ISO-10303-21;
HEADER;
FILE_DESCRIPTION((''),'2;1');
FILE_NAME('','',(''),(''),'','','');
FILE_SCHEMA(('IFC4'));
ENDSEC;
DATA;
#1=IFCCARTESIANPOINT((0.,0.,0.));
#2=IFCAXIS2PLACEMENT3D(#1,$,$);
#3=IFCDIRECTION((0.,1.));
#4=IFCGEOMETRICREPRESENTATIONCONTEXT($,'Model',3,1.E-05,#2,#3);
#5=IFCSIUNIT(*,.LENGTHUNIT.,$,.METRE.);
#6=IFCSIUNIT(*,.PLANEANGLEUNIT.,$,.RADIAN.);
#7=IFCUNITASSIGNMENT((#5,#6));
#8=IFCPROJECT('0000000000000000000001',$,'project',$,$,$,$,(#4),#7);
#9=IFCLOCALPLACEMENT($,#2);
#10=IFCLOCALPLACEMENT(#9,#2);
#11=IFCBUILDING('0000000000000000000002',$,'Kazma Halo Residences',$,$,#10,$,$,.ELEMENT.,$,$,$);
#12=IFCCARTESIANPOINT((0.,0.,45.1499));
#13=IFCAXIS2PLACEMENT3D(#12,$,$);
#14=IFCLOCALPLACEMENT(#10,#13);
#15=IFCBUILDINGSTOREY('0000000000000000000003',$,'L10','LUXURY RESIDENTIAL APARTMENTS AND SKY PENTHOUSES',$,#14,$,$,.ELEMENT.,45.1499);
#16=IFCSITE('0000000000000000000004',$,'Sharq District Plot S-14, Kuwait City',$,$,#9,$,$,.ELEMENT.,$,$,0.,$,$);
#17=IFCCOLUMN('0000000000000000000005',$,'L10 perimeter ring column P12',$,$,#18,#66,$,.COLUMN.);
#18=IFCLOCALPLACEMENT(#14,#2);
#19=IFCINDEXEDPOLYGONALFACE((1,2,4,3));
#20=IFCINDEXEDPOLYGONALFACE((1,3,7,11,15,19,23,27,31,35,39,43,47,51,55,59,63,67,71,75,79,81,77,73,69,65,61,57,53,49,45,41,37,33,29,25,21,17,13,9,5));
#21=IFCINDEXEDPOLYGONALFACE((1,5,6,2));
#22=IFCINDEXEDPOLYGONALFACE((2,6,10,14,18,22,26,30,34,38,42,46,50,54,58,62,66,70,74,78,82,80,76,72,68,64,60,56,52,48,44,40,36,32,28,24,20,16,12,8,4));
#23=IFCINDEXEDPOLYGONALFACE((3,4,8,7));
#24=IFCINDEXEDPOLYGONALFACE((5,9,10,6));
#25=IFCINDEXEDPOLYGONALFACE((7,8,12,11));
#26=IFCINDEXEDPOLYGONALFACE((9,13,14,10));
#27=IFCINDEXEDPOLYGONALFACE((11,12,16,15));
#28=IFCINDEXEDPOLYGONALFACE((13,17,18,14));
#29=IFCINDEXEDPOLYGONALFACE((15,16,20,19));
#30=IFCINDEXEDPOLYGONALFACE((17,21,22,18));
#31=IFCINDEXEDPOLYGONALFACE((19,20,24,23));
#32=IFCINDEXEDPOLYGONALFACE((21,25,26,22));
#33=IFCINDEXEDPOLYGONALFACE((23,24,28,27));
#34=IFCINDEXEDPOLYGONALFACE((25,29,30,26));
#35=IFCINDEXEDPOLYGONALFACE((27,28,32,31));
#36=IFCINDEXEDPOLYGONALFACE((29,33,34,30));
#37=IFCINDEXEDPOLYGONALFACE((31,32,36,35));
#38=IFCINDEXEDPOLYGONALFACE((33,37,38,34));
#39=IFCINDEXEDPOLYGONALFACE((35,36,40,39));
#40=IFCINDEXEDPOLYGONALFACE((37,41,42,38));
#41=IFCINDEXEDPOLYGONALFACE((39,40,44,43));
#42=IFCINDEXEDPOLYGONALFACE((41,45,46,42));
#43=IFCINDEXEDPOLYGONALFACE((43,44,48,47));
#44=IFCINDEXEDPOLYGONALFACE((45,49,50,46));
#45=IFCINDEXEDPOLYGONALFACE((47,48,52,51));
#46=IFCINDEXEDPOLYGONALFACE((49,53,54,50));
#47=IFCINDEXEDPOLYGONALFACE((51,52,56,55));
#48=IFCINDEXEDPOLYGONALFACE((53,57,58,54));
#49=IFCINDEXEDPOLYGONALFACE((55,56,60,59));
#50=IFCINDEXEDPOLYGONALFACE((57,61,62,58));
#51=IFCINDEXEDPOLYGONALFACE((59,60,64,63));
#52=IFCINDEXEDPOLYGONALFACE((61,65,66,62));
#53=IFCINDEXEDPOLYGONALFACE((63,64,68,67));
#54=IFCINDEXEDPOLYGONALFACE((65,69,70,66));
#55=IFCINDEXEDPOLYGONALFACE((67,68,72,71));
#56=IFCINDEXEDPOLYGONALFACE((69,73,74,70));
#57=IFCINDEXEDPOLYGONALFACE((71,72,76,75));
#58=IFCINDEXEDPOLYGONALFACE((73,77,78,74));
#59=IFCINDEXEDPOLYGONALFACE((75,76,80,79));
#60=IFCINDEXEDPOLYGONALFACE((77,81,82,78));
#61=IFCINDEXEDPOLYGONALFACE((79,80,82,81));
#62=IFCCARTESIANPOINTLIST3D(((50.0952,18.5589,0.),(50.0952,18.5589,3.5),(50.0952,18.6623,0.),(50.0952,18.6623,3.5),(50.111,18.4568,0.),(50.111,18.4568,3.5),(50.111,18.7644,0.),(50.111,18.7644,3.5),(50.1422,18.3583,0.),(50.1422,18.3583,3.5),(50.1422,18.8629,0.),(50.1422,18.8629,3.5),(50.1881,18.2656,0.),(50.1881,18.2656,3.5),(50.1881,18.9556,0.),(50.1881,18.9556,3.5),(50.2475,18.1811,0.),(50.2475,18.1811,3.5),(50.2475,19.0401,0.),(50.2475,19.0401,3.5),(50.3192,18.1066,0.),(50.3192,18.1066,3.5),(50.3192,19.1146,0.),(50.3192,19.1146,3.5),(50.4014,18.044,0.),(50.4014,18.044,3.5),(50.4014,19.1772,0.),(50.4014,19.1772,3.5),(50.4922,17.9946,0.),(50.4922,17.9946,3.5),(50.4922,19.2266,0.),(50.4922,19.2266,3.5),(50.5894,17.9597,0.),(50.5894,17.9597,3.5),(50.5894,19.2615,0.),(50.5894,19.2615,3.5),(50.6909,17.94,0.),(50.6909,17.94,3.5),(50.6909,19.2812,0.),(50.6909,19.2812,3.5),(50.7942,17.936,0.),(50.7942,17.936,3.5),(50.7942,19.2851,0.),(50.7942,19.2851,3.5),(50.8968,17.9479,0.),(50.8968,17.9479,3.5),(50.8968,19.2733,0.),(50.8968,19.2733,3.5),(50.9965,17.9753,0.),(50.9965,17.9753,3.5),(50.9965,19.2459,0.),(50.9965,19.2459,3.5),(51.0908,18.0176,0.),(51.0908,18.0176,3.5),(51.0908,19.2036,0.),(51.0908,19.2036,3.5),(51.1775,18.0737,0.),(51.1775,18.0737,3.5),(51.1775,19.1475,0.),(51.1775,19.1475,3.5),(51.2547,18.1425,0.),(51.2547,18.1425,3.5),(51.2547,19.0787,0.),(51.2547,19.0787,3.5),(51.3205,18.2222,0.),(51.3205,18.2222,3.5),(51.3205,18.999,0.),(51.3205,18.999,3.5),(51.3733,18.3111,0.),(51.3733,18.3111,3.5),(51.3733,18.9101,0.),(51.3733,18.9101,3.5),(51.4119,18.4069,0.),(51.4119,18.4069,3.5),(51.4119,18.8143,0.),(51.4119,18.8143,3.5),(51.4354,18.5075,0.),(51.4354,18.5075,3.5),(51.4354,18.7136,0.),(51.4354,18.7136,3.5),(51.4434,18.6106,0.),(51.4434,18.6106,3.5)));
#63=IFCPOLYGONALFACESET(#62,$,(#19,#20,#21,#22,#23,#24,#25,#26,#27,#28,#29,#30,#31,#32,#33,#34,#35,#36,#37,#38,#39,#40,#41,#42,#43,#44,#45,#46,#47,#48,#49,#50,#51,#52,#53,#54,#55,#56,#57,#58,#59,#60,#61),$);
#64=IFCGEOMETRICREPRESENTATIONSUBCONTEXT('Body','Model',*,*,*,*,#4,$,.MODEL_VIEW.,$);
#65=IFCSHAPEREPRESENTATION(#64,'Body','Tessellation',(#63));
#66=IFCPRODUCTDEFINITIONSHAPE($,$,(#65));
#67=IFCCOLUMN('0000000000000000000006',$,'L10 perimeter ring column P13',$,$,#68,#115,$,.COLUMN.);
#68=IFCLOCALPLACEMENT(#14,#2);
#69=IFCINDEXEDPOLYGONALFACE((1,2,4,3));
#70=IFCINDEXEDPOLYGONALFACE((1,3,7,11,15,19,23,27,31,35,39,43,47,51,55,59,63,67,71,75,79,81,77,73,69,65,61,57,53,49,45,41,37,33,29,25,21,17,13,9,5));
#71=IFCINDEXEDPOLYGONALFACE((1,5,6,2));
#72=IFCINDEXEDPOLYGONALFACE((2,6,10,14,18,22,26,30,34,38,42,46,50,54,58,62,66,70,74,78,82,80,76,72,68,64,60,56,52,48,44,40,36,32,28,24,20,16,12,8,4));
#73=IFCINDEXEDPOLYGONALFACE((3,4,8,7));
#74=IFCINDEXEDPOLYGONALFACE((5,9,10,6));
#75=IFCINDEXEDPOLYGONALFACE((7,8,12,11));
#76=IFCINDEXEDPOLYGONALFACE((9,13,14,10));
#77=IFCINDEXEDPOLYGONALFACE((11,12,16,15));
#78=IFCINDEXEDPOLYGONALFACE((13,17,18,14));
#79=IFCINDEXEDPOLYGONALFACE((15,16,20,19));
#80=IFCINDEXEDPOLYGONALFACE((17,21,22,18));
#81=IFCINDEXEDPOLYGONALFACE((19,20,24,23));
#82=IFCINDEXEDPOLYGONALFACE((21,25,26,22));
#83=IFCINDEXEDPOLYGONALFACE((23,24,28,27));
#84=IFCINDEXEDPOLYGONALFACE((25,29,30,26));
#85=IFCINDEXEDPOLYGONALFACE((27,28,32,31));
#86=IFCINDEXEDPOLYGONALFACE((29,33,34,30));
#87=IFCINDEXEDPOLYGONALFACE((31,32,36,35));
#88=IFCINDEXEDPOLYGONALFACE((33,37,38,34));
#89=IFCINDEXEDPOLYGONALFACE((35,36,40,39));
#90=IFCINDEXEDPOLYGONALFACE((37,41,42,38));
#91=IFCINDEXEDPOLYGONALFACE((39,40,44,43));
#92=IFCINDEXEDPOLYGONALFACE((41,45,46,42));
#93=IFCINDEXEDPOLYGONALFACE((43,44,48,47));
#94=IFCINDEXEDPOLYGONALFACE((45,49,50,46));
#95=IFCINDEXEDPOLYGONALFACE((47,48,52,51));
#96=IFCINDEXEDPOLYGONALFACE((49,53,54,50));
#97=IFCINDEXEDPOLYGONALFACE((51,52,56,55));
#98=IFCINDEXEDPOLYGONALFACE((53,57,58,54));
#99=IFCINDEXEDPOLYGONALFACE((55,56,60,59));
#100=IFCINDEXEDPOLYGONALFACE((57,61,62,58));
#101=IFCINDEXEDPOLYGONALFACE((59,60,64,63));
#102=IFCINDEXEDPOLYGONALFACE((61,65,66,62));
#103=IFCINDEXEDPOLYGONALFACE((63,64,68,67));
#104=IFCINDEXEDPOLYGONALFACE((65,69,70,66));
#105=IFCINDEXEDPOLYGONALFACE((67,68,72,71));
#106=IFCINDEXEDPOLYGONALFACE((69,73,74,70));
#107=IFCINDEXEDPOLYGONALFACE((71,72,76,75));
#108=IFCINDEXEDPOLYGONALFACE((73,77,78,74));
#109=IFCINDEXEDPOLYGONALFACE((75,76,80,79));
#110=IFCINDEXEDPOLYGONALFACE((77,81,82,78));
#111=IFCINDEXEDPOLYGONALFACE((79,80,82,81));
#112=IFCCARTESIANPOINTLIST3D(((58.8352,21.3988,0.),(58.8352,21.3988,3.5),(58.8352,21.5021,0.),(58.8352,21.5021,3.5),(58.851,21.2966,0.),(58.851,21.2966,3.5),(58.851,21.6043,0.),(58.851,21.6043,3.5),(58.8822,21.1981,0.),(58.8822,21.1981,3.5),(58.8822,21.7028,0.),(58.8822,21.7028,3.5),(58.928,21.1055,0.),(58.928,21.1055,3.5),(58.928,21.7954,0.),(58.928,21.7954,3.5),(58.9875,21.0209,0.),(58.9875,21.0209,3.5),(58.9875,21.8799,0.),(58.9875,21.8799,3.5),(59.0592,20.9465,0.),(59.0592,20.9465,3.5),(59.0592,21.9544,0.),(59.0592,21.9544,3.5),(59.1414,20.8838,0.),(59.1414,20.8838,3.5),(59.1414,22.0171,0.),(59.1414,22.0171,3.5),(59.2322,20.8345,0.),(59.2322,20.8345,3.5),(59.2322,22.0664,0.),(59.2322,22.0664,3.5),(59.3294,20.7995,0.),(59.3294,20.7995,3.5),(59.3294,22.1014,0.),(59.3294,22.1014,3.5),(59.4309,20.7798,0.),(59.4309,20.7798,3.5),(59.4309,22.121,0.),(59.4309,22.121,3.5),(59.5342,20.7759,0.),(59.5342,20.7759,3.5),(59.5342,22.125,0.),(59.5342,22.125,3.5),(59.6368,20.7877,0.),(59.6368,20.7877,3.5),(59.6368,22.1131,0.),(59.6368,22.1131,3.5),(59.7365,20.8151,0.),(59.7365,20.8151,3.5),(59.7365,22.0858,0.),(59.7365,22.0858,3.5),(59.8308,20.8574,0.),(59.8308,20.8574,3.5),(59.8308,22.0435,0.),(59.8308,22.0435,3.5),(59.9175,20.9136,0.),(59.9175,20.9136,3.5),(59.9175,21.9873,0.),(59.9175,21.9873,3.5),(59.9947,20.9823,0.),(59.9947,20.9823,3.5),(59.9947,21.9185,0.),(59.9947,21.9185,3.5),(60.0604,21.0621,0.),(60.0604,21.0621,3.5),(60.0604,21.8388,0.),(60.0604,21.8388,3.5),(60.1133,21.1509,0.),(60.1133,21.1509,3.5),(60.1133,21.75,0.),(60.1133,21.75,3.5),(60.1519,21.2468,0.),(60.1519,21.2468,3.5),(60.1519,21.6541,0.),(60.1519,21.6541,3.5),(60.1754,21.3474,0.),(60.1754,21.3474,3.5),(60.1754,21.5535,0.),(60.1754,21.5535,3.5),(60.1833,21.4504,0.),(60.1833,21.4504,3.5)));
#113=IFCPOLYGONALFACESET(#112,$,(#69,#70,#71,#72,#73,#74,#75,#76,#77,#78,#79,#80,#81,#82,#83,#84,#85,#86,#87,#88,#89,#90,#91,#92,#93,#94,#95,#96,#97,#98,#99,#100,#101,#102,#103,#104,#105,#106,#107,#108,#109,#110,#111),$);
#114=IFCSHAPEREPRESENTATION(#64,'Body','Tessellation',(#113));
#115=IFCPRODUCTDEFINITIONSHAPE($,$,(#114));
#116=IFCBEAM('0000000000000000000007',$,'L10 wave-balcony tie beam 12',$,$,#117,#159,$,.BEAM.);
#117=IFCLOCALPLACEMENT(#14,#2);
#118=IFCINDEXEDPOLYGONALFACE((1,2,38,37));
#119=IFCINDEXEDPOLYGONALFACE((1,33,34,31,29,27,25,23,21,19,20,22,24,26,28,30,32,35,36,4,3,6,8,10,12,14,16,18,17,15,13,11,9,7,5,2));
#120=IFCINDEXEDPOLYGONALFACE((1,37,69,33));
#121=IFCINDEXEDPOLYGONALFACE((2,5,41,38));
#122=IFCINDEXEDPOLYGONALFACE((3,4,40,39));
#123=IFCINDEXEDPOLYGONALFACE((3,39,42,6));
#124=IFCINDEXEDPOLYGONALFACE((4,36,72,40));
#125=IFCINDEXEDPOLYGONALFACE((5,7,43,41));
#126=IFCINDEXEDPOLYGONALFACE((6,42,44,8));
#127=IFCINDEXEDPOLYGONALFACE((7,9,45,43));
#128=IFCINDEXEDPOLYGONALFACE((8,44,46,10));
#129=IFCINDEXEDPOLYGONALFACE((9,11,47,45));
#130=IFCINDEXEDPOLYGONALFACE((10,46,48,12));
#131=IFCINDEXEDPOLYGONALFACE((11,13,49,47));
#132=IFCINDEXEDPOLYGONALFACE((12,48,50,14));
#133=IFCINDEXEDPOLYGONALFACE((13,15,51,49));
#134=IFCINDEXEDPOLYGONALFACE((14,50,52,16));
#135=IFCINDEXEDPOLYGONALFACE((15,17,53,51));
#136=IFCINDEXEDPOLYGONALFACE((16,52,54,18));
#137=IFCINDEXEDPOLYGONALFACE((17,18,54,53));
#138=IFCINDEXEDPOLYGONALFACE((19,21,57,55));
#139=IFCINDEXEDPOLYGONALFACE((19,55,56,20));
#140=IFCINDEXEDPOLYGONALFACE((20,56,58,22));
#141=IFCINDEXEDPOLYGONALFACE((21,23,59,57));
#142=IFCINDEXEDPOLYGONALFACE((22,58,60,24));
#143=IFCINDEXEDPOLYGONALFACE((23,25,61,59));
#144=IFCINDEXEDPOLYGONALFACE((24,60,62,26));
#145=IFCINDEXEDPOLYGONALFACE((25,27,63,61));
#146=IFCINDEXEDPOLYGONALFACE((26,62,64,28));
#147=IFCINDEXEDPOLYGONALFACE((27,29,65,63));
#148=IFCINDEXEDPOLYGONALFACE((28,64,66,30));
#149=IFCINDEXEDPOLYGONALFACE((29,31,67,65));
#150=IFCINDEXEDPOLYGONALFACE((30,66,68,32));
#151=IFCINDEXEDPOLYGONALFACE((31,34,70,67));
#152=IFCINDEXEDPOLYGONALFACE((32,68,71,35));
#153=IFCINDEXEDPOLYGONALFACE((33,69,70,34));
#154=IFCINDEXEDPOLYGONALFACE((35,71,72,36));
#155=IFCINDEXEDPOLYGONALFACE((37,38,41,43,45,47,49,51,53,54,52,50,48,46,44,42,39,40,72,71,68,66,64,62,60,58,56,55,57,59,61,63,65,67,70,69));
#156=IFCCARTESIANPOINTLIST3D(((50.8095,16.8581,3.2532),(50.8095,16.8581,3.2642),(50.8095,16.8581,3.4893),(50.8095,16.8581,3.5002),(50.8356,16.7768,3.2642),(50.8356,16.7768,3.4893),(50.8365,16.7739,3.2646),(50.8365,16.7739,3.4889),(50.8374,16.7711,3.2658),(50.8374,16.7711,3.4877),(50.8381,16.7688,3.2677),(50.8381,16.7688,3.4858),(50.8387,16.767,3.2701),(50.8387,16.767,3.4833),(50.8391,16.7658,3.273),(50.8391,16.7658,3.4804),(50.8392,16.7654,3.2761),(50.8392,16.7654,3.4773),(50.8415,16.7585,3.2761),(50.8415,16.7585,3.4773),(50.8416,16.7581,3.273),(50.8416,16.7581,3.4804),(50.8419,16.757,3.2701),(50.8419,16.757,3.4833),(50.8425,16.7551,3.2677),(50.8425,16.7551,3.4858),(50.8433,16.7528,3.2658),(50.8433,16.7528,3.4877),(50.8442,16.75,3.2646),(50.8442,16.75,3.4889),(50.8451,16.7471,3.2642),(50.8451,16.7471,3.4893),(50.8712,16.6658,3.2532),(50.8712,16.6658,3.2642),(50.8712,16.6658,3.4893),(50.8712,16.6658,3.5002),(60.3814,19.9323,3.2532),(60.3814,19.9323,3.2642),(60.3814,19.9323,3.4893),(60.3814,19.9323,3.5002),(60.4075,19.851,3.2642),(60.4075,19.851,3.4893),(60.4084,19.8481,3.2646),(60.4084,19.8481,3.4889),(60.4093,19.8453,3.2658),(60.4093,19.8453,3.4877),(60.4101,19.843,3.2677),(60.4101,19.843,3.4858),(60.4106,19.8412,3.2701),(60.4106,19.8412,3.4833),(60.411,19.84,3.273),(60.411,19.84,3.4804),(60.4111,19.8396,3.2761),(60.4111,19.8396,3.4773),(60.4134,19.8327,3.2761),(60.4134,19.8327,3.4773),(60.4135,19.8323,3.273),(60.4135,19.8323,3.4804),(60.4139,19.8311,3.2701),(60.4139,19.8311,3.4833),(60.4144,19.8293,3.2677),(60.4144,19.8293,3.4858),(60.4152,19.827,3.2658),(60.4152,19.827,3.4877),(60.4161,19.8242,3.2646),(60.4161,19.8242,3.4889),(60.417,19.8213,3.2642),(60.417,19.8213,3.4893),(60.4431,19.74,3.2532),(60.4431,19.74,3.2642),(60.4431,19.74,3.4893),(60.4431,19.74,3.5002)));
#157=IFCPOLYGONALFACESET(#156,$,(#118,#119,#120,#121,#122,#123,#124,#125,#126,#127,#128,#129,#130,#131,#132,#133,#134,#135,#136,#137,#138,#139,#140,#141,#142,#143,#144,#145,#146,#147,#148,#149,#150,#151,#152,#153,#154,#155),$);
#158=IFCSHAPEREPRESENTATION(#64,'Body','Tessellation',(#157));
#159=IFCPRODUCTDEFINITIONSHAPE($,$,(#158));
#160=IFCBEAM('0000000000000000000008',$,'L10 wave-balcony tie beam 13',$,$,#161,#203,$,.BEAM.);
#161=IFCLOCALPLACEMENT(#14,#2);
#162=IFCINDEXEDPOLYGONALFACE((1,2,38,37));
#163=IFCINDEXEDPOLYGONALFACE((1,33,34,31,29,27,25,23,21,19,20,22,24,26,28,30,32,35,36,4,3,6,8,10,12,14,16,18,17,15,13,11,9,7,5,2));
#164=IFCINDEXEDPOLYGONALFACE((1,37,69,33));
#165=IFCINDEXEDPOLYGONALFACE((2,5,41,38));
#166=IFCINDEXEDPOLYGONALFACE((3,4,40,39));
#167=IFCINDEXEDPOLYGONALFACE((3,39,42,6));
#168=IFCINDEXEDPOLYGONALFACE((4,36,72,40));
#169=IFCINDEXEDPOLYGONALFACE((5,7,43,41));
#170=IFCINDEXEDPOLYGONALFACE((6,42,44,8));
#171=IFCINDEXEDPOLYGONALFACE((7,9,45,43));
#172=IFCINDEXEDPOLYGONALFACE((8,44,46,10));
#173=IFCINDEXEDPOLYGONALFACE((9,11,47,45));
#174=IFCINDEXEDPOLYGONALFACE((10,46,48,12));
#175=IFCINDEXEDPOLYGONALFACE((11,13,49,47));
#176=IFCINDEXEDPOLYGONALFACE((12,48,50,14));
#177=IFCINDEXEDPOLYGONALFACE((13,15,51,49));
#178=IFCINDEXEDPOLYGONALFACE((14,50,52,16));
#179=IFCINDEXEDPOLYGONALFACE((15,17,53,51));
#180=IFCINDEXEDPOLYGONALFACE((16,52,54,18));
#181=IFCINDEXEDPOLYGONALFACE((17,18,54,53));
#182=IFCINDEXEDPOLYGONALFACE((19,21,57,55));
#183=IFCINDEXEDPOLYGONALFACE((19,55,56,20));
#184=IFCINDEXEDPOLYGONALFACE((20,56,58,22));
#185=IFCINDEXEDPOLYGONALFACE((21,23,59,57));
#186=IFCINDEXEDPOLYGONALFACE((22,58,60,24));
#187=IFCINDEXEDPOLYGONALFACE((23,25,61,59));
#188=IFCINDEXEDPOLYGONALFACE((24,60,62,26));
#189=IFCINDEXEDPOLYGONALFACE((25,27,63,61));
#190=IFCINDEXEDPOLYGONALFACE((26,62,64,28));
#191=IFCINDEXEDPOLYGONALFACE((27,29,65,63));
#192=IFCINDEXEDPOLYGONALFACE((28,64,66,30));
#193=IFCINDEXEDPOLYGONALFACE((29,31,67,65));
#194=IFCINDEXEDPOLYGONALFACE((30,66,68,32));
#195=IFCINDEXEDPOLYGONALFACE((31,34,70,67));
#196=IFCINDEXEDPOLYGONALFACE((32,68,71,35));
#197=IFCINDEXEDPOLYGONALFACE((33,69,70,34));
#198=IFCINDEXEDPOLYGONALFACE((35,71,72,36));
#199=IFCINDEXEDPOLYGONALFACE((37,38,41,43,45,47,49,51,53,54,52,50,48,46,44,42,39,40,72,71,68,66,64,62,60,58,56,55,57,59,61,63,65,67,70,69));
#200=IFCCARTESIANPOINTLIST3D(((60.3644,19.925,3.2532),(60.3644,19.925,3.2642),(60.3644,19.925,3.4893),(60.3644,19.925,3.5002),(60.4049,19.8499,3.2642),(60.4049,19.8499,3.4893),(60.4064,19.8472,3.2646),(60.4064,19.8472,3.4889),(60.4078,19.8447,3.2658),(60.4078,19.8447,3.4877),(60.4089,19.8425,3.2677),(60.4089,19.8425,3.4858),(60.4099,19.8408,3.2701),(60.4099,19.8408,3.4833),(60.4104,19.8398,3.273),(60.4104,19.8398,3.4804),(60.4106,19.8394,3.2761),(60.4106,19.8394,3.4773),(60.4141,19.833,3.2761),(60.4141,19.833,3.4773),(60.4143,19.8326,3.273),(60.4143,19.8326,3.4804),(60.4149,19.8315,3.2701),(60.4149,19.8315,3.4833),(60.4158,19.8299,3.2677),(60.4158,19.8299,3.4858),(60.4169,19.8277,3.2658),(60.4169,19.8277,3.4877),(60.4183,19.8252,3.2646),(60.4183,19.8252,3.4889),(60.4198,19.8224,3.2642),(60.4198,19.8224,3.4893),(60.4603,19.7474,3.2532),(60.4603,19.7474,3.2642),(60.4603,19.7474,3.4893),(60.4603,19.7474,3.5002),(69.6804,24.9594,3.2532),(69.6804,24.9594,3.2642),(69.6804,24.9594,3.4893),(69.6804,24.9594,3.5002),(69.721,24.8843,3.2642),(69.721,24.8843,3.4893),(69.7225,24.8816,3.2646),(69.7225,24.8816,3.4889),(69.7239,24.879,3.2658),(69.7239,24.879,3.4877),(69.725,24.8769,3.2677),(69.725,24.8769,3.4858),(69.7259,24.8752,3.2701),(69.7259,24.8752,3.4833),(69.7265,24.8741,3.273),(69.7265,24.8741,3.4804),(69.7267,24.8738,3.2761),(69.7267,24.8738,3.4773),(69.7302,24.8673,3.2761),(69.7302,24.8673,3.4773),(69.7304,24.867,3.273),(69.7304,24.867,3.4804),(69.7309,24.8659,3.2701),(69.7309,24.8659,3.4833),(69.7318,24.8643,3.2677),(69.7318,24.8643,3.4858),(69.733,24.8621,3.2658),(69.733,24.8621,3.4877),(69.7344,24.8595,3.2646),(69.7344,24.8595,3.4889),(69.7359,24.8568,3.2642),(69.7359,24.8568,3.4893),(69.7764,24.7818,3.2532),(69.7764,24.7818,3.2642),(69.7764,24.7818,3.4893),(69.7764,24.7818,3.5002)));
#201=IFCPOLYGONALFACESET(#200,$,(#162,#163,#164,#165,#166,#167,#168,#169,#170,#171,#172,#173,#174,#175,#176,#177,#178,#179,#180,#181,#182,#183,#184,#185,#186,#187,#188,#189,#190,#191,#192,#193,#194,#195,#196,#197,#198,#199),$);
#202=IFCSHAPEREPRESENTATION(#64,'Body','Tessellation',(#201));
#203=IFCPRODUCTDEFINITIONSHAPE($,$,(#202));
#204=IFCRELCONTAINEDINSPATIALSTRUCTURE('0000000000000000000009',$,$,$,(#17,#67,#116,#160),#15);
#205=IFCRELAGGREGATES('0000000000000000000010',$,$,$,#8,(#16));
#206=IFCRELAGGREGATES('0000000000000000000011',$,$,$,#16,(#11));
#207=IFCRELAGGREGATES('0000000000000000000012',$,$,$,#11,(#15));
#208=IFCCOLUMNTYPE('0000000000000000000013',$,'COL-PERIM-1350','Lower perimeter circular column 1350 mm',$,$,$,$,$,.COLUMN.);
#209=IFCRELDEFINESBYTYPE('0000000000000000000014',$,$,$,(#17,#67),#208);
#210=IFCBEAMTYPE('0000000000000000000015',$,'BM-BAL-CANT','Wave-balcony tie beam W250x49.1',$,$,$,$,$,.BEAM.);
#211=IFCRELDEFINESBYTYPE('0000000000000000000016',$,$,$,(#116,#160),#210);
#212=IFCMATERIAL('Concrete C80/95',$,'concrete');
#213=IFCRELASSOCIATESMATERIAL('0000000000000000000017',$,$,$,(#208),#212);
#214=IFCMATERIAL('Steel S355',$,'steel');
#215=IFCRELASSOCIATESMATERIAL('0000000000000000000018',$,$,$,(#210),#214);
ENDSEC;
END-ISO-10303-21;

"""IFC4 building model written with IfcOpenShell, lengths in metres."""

from ifc_helpers import new_model, si_unit, direction, frame, origin, origin_2d, place, context, subcontext, project, spatial, circle, i_section, extrude, material, material_profile, profile_set, type_object, element, save


model = new_model("IFC4")

# Units and contexts
model_context = context("Model", 3, precision=1e-05, world=origin(), true_north=direction((0.0, 1.0)))
body_context = subcontext(model_context, "Body", "Model", "MODEL_VIEW")
ifc_project = project(units=[si_unit("LENGTHUNIT", "METRE"), si_unit("PLANEANGLEUNIT", "RADIAN")], contexts=[model_context])

# Site, building, storey
site_placement = place(None, origin())
site = spatial("IfcSite", under=ifc_project, at=site_placement, Name="Sharq District Plot S-14, Kuwait City", CompositionType="ELEMENT", RefElevation=0.0)
building_placement = place(site_placement, origin())
building = spatial("IfcBuilding", under=site, at=building_placement, Name="Kazma Halo Residences", CompositionType="ELEMENT")
storey_placement = place(building_placement, frame((0.0, 0.0, 45.1499)))
storey = spatial("IfcBuildingStorey", under=building, at=storey_placement, Name="L10", Description="LUXURY RESIDENTIAL APARTMENTS AND SKY PENTHOUSES", CompositionType="ELEMENT", Elevation=45.1499)

# Columns
ifc_material_1 = material(Name="Concrete C80/95", Category="concrete")
ifc_material_profile_1 = material_profile(ifc_material_1, circle(Radius=0.675, at=origin_2d()), Name="CIRC1350")
ifc_profile_set_1 = profile_set([ifc_material_profile_1], Name="Concrete C80/95")
column_type = type_object("IfcColumnType", Name="COL-PERIM-1350", Description="Lower perimeter circular column 1350 mm", PredefinedType="COLUMN", material=ifc_profile_set_1)
for number, where, z_axis, x_axis, name in (
    (1, (50.7683, 18.6106, 0.0), (0.0, 0.0, 1.0), (1.0, 0.0, 0.0), "L10 perimeter ring column P12"),
    (2, (59.5083, 21.4504, 0.0), (0.0, 0.0, 1.0), (1.0, 0.0, 0.0), "L10 perimeter ring column P13"),
):
    element("IfcColumn", number, at=place(storey_placement, frame(where, z_axis=z_axis, x_axis=x_axis)), inside=storey, type_object=column_type, Name=name, PredefinedType="COLUMN", context=body_context, shape_type="SweptSolid", body=[
        extrude(circle(Radius=0.675, at=origin_2d()), origin(), (0.0, 0.0, 1.0), 3.5),
    ])

# Beams
ifc_material_2 = material(Name="Steel S355", Category="steel")
ifc_material_profile_2 = material_profile(ifc_material_2, i_section(OverallWidth=0.2019, OverallDepth=0.2471, WebThickness=0.0073, FlangeThickness=0.011, FilletRadius=0.012, at=origin_2d()), Name="W250x49.1")
ifc_profile_set_2 = profile_set([ifc_material_profile_2], Name="Steel S355")
beam_type_1 = type_object("IfcBeamType", Name="BM-BAL-CANT", Description="Wave-balcony tie beam W250x49.1", PredefinedType="BEAM", material=ifc_profile_set_2)
beam_1_placement = place(storey_placement, frame((50.8403, 16.762, 3.3767), z_axis=(0.952101, 0.305784, 0.0), x_axis=(-0.305784, 0.952101, 0.0)))
element("IfcBeam", 3, at=beam_1_placement, inside=storey, type_object=beam_type_1, Name="L10 wave-balcony tie beam 12", PredefinedType="BEAM", context=body_context, shape_type="SweptSolid", body=[
    extrude(i_section(OverallWidth=0.2019, OverallDepth=0.2471, WebThickness=0.0073, FlangeThickness=0.011, FilletRadius=0.012, at=origin_2d()), origin(), (0.0, 0.0, 1.0), 10.0535),
])
beam_2_placement = place(storey_placement, frame((60.4124, 19.8362, 3.3767), z_axis=(0.879759, 0.475419, 0.0), x_axis=(-0.475419, 0.879759, 0.0)))
element("IfcBeam", 4, at=beam_2_placement, inside=storey, type_object=beam_type_1, Name="L10 wave-balcony tie beam 13", PredefinedType="BEAM", context=body_context, shape_type="SweptSolid", body=[
    extrude(i_section(OverallWidth=0.2019, OverallDepth=0.2471, WebThickness=0.0073, FlangeThickness=0.011, FilletRadius=0.012, at=origin_2d()), origin(), (0.0, 0.0, 1.0), 10.5894),
])

save(model, "model.ifc")
